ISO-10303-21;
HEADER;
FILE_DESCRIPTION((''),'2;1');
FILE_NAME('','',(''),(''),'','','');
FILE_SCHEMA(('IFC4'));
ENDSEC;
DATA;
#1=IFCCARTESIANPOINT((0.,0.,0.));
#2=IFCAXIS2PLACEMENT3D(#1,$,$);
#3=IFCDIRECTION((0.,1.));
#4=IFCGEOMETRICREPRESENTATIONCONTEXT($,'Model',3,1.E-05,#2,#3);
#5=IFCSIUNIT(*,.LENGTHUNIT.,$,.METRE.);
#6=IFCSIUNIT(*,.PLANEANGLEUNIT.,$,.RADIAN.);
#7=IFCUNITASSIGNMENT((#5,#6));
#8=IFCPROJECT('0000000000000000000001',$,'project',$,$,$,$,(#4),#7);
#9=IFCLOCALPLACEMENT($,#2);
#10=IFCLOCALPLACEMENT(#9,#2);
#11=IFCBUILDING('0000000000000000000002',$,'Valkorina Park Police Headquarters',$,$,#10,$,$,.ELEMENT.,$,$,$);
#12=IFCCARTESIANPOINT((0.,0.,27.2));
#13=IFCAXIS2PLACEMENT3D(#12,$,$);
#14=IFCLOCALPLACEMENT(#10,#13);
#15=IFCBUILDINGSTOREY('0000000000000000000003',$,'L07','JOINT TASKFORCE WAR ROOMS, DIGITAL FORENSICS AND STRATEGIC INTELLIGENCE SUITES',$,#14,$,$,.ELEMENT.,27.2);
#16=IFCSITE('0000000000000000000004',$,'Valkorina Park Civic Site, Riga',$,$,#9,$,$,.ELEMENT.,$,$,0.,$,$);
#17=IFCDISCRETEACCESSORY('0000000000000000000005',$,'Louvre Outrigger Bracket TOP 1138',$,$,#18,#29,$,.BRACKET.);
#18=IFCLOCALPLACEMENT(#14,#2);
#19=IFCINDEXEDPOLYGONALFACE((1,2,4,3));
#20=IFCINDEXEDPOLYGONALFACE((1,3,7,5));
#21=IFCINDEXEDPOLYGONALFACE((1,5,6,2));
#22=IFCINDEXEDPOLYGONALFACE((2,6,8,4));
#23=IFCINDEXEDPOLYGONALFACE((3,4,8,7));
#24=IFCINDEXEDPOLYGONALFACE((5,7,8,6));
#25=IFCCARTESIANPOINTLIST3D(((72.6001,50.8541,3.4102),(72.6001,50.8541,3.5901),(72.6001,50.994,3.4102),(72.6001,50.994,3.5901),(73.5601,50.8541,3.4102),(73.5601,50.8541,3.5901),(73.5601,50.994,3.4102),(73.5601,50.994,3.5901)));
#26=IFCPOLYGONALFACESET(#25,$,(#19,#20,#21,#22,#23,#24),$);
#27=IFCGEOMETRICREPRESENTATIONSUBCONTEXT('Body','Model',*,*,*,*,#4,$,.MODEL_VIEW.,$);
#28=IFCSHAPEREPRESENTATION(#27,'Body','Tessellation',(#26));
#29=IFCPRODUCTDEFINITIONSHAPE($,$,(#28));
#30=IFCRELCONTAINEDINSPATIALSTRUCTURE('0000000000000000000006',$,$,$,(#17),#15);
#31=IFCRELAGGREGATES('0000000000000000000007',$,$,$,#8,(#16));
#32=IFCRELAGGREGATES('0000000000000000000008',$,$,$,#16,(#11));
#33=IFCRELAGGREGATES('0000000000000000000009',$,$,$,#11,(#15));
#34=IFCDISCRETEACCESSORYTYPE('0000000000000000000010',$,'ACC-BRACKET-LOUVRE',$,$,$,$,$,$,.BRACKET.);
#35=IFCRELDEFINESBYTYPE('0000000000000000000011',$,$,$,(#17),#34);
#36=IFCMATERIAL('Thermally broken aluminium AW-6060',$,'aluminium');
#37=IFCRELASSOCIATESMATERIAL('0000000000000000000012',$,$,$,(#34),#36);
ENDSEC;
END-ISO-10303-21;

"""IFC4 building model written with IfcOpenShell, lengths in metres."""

from ifc_helpers import new_model, si_unit, direction, frame, origin, origin_2d, place, context, subcontext, project, spatial, rectangle, extrude, material, type_object, element, save


model = new_model("IFC4")

# Units and contexts
model_context = context("Model", 3, precision=1e-05, world=origin(), true_north=direction((0.0, 1.0)))
body_context = subcontext(model_context, "Body", "Model", "MODEL_VIEW")
ifc_project = project(units=[si_unit("LENGTHUNIT", "METRE"), si_unit("PLANEANGLEUNIT", "RADIAN")], contexts=[model_context])

# Site, building, storey
site_placement = place(None, origin())
site = spatial("IfcSite", under=ifc_project, at=site_placement, Name="Valkorina Park Civic Site, Riga", CompositionType="ELEMENT", RefElevation=0.0)
building_placement = place(site_placement, origin())
building = spatial("IfcBuilding", under=site, at=building_placement, Name="Valkorina Park Police Headquarters", CompositionType="ELEMENT")
storey_placement = place(building_placement, frame((0.0, 0.0, 27.2)))
storey = spatial("IfcBuildingStorey", under=building, at=storey_placement, Name="L07", Description="JOINT TASKFORCE WAR ROOMS, DIGITAL FORENSICS AND STRATEGIC INTELLIGENCE SUITES", CompositionType="ELEMENT", Elevation=27.2)

# Shared definitions
ifc_material_1 = material(Name="Thermally broken aluminium AW-6060", Category="aluminium")

# Discrete accessory
discrete_accessory_type = type_object("IfcDiscreteAccessoryType", Name="ACC-BRACKET-LOUVRE", PredefinedType="BRACKET", material=ifc_material_1)
for number, where, z_axis, x_axis, name in (
    (1, (73.0801, 50.9241, 3.4102), (0.0, 0.0, 1.0), (1.0, 0.0, 0.0), "Louvre Outrigger Bracket TOP 1138"),
):
    element("IfcDiscreteAccessory", number, at=place(storey_placement, frame(where, z_axis=z_axis, x_axis=x_axis)), inside=storey, type_object=discrete_accessory_type, Name=name, PredefinedType="BRACKET", context=body_context, shape_type="SweptSolid", body=[
        extrude(rectangle(XDim=0.96, YDim=0.1399, at=origin_2d()), origin(), (0.0, 0.0, 1.0), 0.1799),
    ])

save(model, "model.ifc")
